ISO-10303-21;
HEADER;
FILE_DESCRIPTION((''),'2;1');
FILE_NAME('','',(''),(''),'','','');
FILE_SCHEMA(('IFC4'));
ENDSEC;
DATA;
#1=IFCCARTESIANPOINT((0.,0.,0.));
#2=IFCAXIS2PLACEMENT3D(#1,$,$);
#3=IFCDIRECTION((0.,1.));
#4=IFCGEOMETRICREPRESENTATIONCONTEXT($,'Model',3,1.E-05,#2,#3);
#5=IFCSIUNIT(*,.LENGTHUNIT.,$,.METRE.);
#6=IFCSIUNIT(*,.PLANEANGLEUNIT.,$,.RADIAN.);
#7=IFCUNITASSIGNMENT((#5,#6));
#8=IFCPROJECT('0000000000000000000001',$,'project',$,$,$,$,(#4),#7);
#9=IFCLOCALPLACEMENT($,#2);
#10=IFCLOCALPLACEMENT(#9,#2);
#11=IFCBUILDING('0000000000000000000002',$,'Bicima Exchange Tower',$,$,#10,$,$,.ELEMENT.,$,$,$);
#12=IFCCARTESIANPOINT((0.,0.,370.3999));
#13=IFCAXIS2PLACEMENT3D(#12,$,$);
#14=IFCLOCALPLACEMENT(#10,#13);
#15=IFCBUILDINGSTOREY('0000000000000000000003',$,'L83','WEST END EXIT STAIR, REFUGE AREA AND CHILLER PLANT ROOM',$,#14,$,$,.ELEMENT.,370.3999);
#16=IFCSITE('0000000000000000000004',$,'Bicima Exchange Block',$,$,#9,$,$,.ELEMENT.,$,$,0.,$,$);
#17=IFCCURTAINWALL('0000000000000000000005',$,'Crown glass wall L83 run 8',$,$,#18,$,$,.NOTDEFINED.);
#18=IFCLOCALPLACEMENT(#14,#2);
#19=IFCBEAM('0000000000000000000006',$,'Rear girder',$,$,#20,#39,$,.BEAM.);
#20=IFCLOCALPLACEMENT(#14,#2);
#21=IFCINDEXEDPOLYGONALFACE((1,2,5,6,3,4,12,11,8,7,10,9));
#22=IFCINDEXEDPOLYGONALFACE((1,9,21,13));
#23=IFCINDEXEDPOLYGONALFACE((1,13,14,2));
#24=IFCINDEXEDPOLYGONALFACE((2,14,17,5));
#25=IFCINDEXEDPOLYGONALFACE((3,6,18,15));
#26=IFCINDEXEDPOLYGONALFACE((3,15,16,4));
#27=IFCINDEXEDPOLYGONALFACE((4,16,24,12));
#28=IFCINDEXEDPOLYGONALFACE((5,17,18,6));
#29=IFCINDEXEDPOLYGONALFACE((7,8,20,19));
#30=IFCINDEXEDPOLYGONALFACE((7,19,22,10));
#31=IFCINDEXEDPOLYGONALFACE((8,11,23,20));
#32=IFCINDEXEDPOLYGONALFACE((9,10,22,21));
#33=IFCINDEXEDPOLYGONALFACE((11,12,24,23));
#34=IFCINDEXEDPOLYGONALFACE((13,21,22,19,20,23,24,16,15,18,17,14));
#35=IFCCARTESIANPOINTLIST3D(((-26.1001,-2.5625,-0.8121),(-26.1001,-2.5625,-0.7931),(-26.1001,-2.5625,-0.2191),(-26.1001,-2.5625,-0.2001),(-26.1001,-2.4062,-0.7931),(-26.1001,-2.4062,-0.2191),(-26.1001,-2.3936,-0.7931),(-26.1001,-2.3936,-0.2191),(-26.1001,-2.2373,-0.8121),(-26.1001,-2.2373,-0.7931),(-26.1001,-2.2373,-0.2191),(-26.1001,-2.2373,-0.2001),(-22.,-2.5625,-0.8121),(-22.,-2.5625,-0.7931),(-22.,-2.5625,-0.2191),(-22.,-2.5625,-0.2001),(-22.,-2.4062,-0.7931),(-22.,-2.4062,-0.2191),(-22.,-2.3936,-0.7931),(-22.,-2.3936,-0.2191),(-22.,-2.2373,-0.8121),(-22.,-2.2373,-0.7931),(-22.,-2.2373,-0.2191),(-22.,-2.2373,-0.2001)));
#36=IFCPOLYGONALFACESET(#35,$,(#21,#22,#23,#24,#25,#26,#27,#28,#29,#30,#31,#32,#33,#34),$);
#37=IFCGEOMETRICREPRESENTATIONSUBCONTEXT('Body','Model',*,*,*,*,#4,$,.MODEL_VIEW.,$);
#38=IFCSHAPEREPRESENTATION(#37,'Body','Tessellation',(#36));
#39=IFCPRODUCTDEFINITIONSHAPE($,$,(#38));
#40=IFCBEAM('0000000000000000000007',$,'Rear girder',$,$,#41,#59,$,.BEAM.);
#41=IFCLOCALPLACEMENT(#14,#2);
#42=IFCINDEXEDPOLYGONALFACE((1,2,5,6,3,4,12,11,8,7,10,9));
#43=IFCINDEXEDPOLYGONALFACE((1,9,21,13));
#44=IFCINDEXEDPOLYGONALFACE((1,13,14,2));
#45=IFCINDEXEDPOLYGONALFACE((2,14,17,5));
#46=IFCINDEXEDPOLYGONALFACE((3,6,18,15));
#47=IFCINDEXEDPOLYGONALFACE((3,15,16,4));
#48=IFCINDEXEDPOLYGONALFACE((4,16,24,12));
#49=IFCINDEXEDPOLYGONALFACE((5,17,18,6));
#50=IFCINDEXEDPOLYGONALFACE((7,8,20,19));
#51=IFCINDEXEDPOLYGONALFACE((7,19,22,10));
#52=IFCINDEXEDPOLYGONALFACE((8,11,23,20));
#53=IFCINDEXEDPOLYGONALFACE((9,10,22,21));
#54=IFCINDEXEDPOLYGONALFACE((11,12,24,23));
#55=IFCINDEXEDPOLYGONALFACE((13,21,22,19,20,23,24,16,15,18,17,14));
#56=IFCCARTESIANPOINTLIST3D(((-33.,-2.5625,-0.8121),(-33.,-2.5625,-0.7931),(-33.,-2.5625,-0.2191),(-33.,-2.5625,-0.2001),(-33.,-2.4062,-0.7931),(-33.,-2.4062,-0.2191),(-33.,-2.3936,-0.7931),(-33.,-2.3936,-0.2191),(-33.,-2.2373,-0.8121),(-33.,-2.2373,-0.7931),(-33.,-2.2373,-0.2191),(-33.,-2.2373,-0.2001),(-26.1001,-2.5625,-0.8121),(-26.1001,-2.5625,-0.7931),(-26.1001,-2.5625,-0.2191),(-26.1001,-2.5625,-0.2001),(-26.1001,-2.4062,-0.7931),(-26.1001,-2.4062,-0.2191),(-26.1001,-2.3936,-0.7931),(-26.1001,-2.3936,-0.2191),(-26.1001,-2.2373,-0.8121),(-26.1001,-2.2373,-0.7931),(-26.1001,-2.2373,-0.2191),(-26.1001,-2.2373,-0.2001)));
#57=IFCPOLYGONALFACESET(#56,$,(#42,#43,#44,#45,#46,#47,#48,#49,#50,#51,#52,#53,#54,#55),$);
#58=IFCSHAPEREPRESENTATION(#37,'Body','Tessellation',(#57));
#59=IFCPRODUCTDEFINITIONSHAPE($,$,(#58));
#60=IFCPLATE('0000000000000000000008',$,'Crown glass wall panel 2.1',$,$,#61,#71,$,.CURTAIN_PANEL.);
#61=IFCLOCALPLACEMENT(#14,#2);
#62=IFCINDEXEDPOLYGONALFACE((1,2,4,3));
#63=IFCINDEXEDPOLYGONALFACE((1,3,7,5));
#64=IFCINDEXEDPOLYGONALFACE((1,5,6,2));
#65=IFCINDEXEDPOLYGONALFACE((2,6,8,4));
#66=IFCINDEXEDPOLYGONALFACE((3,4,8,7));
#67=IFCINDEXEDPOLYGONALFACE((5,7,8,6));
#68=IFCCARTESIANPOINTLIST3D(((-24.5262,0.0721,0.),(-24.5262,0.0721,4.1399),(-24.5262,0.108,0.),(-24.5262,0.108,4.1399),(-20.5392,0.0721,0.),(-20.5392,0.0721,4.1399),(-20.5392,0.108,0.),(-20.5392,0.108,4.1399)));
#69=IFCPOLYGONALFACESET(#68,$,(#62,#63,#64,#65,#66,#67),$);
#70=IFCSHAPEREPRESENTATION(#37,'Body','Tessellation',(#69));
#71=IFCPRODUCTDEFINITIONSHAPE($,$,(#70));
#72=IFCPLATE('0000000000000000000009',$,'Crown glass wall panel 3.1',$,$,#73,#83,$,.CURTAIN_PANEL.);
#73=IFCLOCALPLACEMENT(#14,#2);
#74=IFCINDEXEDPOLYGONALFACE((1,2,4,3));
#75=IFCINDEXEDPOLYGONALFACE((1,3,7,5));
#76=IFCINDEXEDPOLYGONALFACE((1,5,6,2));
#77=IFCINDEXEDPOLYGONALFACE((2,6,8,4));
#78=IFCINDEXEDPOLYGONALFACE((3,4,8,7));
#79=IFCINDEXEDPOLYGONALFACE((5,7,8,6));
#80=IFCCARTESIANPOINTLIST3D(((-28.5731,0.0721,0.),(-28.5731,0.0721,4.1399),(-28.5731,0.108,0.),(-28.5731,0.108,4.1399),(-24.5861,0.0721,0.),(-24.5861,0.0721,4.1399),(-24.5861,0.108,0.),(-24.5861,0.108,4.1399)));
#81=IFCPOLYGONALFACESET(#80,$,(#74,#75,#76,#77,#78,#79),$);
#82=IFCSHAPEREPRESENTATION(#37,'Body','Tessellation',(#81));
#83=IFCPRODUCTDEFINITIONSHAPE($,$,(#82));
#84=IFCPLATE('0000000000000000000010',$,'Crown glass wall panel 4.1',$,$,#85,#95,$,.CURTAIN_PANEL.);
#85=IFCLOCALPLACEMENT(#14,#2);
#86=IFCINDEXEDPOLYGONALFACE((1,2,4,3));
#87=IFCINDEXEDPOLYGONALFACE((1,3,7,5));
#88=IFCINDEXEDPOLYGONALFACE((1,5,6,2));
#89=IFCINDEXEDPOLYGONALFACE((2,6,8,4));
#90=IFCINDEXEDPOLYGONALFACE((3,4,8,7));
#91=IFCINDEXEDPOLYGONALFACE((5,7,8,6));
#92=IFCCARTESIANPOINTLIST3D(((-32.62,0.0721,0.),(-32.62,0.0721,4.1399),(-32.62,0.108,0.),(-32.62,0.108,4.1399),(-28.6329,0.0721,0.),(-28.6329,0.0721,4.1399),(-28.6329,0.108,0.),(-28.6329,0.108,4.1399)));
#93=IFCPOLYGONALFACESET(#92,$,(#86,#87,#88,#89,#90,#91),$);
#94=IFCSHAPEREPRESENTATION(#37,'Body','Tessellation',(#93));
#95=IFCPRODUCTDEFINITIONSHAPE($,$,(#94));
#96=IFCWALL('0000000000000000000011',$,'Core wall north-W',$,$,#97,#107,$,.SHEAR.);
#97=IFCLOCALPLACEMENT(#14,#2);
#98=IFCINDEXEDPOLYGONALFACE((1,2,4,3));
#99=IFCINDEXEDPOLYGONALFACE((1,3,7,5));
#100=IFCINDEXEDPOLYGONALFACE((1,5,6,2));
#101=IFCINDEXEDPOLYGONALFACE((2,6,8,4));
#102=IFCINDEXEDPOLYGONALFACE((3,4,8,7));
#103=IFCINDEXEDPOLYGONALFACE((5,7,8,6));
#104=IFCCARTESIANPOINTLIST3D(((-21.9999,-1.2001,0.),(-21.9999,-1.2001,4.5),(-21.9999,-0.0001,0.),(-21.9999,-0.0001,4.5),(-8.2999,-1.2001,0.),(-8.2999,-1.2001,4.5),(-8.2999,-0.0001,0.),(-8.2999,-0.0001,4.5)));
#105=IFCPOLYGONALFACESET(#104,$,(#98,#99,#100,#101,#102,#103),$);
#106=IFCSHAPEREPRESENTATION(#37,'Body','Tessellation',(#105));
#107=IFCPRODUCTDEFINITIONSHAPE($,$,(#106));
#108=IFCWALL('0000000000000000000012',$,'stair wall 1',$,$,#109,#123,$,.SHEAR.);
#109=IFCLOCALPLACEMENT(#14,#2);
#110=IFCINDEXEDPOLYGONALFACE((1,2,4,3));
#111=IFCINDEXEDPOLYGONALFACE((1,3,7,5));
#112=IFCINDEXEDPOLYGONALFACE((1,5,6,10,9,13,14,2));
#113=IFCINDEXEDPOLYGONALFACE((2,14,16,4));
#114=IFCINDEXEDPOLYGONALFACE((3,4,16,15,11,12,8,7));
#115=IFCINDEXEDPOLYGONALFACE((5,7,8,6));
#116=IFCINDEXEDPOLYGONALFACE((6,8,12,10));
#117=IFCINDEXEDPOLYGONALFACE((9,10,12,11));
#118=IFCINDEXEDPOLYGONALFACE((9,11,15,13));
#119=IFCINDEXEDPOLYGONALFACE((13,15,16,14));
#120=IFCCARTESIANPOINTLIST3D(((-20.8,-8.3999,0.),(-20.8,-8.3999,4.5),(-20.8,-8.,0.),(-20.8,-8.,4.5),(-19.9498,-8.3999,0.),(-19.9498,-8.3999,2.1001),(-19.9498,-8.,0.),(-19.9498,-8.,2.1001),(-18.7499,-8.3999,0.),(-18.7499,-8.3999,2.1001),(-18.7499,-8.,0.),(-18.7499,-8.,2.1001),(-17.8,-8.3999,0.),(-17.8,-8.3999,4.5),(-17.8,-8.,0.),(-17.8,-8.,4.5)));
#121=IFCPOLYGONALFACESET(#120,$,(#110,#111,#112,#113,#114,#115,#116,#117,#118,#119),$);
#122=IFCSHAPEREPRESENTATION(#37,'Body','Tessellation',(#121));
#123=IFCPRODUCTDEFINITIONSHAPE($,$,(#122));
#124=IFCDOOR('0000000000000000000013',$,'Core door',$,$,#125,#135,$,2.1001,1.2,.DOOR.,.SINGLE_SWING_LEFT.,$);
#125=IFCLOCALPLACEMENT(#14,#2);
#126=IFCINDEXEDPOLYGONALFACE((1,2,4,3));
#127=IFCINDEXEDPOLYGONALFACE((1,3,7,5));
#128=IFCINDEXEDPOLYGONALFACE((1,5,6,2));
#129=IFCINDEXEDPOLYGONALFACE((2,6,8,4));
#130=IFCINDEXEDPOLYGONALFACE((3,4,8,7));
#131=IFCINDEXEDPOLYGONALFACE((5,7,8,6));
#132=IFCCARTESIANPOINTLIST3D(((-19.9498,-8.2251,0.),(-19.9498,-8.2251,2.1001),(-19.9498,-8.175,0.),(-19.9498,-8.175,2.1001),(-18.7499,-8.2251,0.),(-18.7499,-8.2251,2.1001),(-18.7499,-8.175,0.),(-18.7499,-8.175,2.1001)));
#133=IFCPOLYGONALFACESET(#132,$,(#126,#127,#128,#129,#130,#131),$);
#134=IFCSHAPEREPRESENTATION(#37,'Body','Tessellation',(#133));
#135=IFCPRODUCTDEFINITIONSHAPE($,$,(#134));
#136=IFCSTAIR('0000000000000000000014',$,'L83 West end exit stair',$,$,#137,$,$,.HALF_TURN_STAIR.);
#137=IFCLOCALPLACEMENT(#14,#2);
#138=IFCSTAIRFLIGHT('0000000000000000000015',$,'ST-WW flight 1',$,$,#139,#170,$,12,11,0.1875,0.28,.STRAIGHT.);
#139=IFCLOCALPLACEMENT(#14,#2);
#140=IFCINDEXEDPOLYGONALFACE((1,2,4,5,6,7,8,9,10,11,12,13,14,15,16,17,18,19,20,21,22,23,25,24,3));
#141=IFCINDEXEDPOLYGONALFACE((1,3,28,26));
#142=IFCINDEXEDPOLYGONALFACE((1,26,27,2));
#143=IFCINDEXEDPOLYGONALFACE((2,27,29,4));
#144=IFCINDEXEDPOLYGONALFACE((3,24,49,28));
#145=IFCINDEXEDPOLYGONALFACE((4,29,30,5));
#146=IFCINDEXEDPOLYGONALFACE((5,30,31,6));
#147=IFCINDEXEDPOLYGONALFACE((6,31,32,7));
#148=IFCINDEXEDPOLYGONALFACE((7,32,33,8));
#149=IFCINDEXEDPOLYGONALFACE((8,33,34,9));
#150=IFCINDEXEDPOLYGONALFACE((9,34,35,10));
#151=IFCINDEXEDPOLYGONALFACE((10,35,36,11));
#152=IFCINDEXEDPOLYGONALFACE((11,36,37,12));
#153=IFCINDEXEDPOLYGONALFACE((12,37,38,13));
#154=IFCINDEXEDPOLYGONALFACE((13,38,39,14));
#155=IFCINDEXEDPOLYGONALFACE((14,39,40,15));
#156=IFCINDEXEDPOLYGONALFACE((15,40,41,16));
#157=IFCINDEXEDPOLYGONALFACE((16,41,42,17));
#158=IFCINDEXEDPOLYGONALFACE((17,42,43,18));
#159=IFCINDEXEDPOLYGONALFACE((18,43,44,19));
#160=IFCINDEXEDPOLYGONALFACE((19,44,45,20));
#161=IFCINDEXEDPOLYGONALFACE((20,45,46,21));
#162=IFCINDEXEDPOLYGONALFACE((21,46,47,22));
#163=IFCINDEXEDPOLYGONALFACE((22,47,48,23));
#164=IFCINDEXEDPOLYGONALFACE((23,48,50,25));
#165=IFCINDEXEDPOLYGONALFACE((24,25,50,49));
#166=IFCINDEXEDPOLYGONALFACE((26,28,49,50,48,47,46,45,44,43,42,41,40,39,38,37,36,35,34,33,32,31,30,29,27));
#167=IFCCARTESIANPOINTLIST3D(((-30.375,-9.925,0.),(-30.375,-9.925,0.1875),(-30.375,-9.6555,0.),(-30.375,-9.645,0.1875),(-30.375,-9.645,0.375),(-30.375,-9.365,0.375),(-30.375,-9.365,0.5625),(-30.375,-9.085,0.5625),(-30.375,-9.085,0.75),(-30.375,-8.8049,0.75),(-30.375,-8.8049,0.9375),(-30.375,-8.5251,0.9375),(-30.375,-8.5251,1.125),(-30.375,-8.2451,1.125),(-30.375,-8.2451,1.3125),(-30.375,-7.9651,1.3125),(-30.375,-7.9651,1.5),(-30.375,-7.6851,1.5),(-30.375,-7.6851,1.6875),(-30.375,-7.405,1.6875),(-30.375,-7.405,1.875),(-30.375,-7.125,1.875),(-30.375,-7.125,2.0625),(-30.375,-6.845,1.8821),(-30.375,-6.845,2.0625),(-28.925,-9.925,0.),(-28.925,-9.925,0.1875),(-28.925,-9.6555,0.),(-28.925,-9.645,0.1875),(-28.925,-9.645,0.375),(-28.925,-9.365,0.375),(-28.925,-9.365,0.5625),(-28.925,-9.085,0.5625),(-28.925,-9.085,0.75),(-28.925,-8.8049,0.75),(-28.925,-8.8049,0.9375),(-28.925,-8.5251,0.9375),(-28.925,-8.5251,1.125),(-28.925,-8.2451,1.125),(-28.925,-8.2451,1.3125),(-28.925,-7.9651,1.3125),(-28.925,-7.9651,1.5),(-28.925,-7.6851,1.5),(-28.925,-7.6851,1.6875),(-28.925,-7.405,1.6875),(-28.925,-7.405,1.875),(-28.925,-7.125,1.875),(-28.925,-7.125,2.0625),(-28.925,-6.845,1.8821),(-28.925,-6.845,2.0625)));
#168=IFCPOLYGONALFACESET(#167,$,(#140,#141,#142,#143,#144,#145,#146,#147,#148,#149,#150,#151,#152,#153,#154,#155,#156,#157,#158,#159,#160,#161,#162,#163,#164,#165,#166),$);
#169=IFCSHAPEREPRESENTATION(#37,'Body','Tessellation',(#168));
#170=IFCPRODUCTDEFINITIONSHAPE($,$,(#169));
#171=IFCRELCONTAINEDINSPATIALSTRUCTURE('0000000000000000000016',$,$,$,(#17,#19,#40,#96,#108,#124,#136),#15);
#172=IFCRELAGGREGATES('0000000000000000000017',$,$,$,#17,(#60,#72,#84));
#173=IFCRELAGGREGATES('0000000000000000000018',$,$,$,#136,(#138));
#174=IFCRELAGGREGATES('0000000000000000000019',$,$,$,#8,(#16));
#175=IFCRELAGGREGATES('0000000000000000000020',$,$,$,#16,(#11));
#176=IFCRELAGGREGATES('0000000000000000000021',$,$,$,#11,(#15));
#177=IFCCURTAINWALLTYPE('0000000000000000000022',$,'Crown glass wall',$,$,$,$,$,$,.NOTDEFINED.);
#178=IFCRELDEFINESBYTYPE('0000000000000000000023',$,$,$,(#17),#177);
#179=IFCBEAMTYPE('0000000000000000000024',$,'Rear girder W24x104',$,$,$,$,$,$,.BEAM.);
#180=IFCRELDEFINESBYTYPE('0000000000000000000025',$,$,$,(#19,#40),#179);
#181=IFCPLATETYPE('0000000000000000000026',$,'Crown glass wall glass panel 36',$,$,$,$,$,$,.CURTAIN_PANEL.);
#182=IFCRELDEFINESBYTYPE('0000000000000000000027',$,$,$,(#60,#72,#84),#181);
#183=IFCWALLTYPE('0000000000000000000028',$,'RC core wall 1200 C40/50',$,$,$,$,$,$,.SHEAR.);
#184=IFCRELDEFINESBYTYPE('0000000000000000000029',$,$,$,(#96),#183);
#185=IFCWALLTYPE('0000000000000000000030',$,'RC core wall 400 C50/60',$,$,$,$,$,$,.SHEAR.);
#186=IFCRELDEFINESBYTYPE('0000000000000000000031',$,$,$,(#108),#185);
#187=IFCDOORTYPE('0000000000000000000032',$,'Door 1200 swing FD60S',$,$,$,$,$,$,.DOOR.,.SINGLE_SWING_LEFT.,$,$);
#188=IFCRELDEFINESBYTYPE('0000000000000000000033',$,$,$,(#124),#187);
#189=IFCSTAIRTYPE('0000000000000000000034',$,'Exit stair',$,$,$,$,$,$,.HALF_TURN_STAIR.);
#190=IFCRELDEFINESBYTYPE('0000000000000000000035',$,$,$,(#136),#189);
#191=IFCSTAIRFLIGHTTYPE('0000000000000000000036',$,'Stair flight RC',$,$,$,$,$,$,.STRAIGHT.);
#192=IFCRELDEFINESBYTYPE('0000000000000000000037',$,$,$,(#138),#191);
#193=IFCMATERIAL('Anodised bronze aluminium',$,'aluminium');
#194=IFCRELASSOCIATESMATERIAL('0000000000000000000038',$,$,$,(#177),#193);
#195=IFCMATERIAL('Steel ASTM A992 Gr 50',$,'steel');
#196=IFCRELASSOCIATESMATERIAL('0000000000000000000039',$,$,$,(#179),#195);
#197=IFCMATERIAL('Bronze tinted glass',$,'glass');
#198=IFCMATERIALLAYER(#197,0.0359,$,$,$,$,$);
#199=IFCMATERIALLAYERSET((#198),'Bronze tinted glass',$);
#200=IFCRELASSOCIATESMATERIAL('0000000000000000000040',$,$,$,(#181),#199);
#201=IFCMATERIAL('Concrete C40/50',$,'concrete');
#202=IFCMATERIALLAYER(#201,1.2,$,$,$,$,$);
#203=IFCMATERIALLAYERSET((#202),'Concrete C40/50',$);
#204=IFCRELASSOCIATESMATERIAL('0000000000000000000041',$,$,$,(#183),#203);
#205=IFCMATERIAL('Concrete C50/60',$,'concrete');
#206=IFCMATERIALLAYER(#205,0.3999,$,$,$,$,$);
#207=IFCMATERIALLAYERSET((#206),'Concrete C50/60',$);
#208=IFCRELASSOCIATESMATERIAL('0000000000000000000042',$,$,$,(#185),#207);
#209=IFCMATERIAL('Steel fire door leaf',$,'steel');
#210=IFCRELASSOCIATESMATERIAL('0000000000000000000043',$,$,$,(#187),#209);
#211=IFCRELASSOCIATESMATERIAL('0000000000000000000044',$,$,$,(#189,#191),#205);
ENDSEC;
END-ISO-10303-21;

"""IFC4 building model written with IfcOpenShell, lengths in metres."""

from ifc_helpers import new_model, si_unit, direction, frame, frame_2d, origin, origin_2d, place, context, subcontext, project, spatial, polyline, rectangle, i_section, outline, extrude, material, layer, layer_set, material_profile, profile_set, type_object, element, fill, aggregate, save


model = new_model("IFC4")

# Units and contexts
model_context = context("Model", 3, precision=1e-05, world=origin(), true_north=direction((0.0, 1.0)))
body_context = subcontext(model_context, "Body", "Model", "MODEL_VIEW")
ifc_project = project(units=[si_unit("LENGTHUNIT", "METRE"), si_unit("PLANEANGLEUNIT", "RADIAN")], contexts=[model_context])

# Site, building, storey
site_placement = place(None, origin())
site = spatial("IfcSite", under=ifc_project, at=site_placement, Name="Bicima Exchange Block", CompositionType="ELEMENT", RefElevation=0.0)
building_placement = place(site_placement, origin())
building = spatial("IfcBuilding", under=site, at=building_placement, Name="Bicima Exchange Tower", CompositionType="ELEMENT")
storey_placement = place(building_placement, frame((0.0, 0.0, 370.3999)))
storey = spatial("IfcBuildingStorey", under=building, at=storey_placement, Name="L83", Description="WEST END EXIT STAIR, REFUGE AREA AND CHILLER PLANT ROOM", CompositionType="ELEMENT", Elevation=370.3999)

# Shared definitions
ifc_material_1 = material(Name="Steel ASTM A992 Gr 50", Category="steel")

# Curtain wall
ifc_material_2 = material(Name="Anodised bronze aluminium", Category="aluminium")
curtain_wall_type = type_object("IfcCurtainWallType", Name="Crown glass wall", PredefinedType="NOTDEFINED", material=ifc_material_2)
curtain_wall_placement = place(storey_placement, origin())
curtain_wall = element("IfcCurtainWall", 1, at=curtain_wall_placement, inside=storey, type_object=curtain_wall_type, Name="Crown glass wall L83 run 8", PredefinedType="NOTDEFINED")

# Beams
ifc_material_profile_1 = material_profile(ifc_material_1, i_section(OverallWidth=0.3252, OverallDepth=0.6121, WebThickness=0.0127, FlangeThickness=0.019, at=origin_2d()))
ifc_profile_set_1 = profile_set([ifc_material_profile_1], Name="Steel ASTM A992 Gr 50")
beam_type_1 = type_object("IfcBeamType", Name="Rear girder W24x104", PredefinedType="BEAM", material=ifc_profile_set_1)
beam_1_placement = place(storey_placement, frame((-22.0, -2.3999, -0.5061), z_axis=(-1.0, 0.0, 0.0), x_axis=(0.0, -1.0, 0.0)))
element("IfcBeam", 2, at=beam_1_placement, inside=storey, type_object=beam_type_1, Name="Rear girder", PredefinedType="BEAM", context=body_context, shape_type="SweptSolid", body=[
    extrude(i_section(OverallWidth=0.3252, OverallDepth=0.6121, WebThickness=0.0127, FlangeThickness=0.019, at=origin_2d()), origin(), (0.0, 0.0, 1.0), 4.1001),
])
beam_2_placement = place(storey_placement, frame((-26.1001, -2.3999, -0.5061), z_axis=(-1.0, 0.0, 0.0), x_axis=(0.0, -1.0, 0.0)))
element("IfcBeam", 3, at=beam_2_placement, inside=storey, type_object=beam_type_1, Name="Rear girder", PredefinedType="BEAM", context=body_context, shape_type="SweptSolid", body=[
    extrude(i_section(OverallWidth=0.3252, OverallDepth=0.6121, WebThickness=0.0127, FlangeThickness=0.019, at=origin_2d()), origin(), (0.0, 0.0, 1.0), 6.8999),
])

# Plates
ifc_material_3 = material(Name="Bronze tinted glass", Category="glass")
ifc_layer_1 = layer(ifc_material_3, 0.0359)
ifc_layer_set_1 = layer_set([ifc_layer_1], Name="Bronze tinted glass")
plate_type = type_object("IfcPlateType", Name="Crown glass wall glass panel 36", PredefinedType="CURTAIN_PANEL", material=ifc_layer_set_1)
plate_1_placement = place(storey_placement, frame((-22.5327, 0.0901, 0.0), z_axis=(0.0, 0.0, 1.0), x_axis=(-1.0, 0.0, 0.0)))
plate_1 = element("IfcPlate", 4, at=plate_1_placement, type_object=plate_type, Name="Crown glass wall panel 2.1", PredefinedType="CURTAIN_PANEL", context=body_context, shape_type="SweptSolid", body=[
    extrude(rectangle(XDim=3.9871, YDim=0.0359, at=origin_2d()), origin(), (0.0, 0.0, 1.0), 4.1399),
])
plate_2_placement = place(storey_placement, frame((-26.5796, 0.0901, 0.0), z_axis=(0.0, 0.0, 1.0), x_axis=(-1.0, 0.0, 0.0)))
plate_2 = element("IfcPlate", 5, at=plate_2_placement, type_object=plate_type, Name="Crown glass wall panel 3.1", PredefinedType="CURTAIN_PANEL", context=body_context, shape_type="SweptSolid", body=[
    extrude(rectangle(XDim=3.9871, YDim=0.0359, at=origin_2d()), origin(), (0.0, 0.0, 1.0), 4.1399),
])
plate_3_placement = place(storey_placement, frame((-30.6265, 0.0901, 0.0), z_axis=(0.0, 0.0, 1.0), x_axis=(-1.0, 0.0, 0.0)))
plate_3 = element("IfcPlate", 6, at=plate_3_placement, type_object=plate_type, Name="Crown glass wall panel 4.1", PredefinedType="CURTAIN_PANEL", context=body_context, shape_type="SweptSolid", body=[
    extrude(rectangle(XDim=3.9871, YDim=0.0359, at=origin_2d()), origin(), (0.0, 0.0, 1.0), 4.1399),
])
aggregate(curtain_wall, [plate_1, plate_2, plate_3])

# Wall
ifc_material_4 = material(Name="Concrete C40/50", Category="concrete")
ifc_layer_2 = layer(ifc_material_4, 1.2)
ifc_layer_set_2 = layer_set([ifc_layer_2], Name="Concrete C40/50")
wall_type_1 = type_object("IfcWallType", Name="RC core wall 1200 C40/50", PredefinedType="SHEAR", material=ifc_layer_set_2)
wall_1_placement = place(storey_placement, frame((-22.0, -0.6001, 0.0), z_axis=(0.0, 0.0, 1.0), x_axis=(1.0, 0.0, 0.0)))
element("IfcWall", 7, at=wall_1_placement, inside=storey, type_object=wall_type_1, Name="Core wall north-W", PredefinedType="SHEAR", context=body_context, shape_type="SweptSolid", body=[
    extrude(rectangle(XDim=13.7, YDim=1.2, at=frame_2d((6.8501, 0.0))), origin(), (0.0, 0.0, 1.0), 4.5),
])

# Wall, opening, door
ifc_material_5 = material(Name="Concrete C50/60", Category="concrete")
ifc_layer_3 = layer(ifc_material_5, 0.3999)
ifc_layer_set_3 = layer_set([ifc_layer_3], Name="Concrete C50/60")
wall_type_2 = type_object("IfcWallType", Name="RC core wall 400 C50/60", PredefinedType="SHEAR", material=ifc_layer_set_3)
wall_2_placement = place(storey_placement, frame((-20.8, -8.2, 0.0), z_axis=(0.0, 0.0, 1.0), x_axis=(1.0, 0.0, 0.0)))
wall_2 = element("IfcWall", 8, at=wall_2_placement, inside=storey, type_object=wall_type_2, Name="stair wall 1", PredefinedType="SHEAR", context=body_context, shape_type="SweptSolid", body=[
    extrude(rectangle(XDim=3.0, YDim=0.3999, at=frame_2d((1.5, 0.0))), origin(), (0.0, 0.0, 1.0), 4.5),
])
opening_placement = place(wall_2_placement, frame((0.8501, 0.0, 0.0)))
opening = element("IfcOpeningElement", 9, at=opening_placement, cuts=wall_2, PredefinedType="OPENING", context=body_context, shape_type="SweptSolid", body=[
    extrude(rectangle(XDim=1.2, YDim=2.1001, at=frame_2d((0.6001, 1.05))), frame((0.0, 0.2119, 0.0), z_axis=(0.0, -1.0, 0.0), x_axis=(1.0, 0.0, 0.0)), (0.0, 0.0, 1.0), 0.4238),
])
ifc_material_6 = material(Name="Steel fire door leaf", Category="steel")
door_type = type_object("IfcDoorType", Name="Door 1200 swing FD60S", OperationType="SINGLE_SWING_LEFT", PredefinedType="DOOR", material=ifc_material_6)
door_placement = place(opening_placement, origin())
door = element("IfcDoor", 10, at=door_placement, inside=storey, type_object=door_type, Name="Core door", OperationType="SINGLE_SWING_LEFT", OverallHeight=2.1001, OverallWidth=1.2, PredefinedType="DOOR", context=body_context, shape_type="SweptSolid", body=[
    extrude(rectangle(XDim=1.2, YDim=2.1001, at=frame_2d((0.6001, 1.05))), frame((0.0, 0.0249, 0.0), z_axis=(0.0, -1.0, 0.0), x_axis=(1.0, 0.0, 0.0)), (0.0, 0.0, 1.0), 0.05),
])
fill(opening, door)

# Stair, stair flight
stair_type = type_object("IfcStairType", Name="Exit stair", PredefinedType="HALF_TURN_STAIR", material=ifc_material_5)
stair_placement = place(storey_placement, origin())
stair = element("IfcStair", 11, at=stair_placement, inside=storey, type_object=stair_type, Name="L83 West end exit stair", PredefinedType="HALF_TURN_STAIR")
stair_flight_type = type_object("IfcStairFlightType", Name="Stair flight RC", PredefinedType="STRAIGHT", material=ifc_material_5)
stair_flight_1_placement = place(storey_placement, frame((-29.6499, -9.925, 0.0), z_axis=(0.0, 0.0, 1.0), x_axis=(0.0, 1.0, 0.0)))
stair_flight_1 = element("IfcStairFlight", 12, at=stair_flight_1_placement, type_object=stair_flight_type, Name="ST-WW flight 1", NumberOfRisers=12, NumberOfTreads=11, PredefinedType="STRAIGHT", RiserHeight=0.1875, TreadLength=0.28, context=body_context, shape_type="SweptSolid", body=[
    extrude(outline(polyline([(0.0, 0.0), (0.0, 0.1875), (0.28, 0.1875), (0.28, 0.375), (0.5601, 0.375), (0.5601, 0.5625), (0.8401, 0.5625), (0.8401, 0.75), (1.1201, 0.75), (1.1201, 0.9375), (1.3999, 0.9375), (1.3999, 1.125), (1.6799, 1.125), (1.6799, 1.3125), (1.96, 1.3125), (1.96, 1.5), (2.24, 1.5), (2.24, 1.6875), (2.52, 1.6875), (2.52, 1.875), (2.8, 1.875), (2.8, 2.0625), (3.0801, 2.0625), (3.0801, 2.25), (3.0801, 1.8821), (0.2695, 0.0), (0.0, 0.0)])), frame((0.0, 0.7251, 0.0), z_axis=(0.0, -1.0, 0.0), x_axis=(1.0, 0.0, 0.0)), (0.0, 0.0, 1.0), 1.45),
])
aggregate(stair, [stair_flight_1])

save(model, "model.ifc")
